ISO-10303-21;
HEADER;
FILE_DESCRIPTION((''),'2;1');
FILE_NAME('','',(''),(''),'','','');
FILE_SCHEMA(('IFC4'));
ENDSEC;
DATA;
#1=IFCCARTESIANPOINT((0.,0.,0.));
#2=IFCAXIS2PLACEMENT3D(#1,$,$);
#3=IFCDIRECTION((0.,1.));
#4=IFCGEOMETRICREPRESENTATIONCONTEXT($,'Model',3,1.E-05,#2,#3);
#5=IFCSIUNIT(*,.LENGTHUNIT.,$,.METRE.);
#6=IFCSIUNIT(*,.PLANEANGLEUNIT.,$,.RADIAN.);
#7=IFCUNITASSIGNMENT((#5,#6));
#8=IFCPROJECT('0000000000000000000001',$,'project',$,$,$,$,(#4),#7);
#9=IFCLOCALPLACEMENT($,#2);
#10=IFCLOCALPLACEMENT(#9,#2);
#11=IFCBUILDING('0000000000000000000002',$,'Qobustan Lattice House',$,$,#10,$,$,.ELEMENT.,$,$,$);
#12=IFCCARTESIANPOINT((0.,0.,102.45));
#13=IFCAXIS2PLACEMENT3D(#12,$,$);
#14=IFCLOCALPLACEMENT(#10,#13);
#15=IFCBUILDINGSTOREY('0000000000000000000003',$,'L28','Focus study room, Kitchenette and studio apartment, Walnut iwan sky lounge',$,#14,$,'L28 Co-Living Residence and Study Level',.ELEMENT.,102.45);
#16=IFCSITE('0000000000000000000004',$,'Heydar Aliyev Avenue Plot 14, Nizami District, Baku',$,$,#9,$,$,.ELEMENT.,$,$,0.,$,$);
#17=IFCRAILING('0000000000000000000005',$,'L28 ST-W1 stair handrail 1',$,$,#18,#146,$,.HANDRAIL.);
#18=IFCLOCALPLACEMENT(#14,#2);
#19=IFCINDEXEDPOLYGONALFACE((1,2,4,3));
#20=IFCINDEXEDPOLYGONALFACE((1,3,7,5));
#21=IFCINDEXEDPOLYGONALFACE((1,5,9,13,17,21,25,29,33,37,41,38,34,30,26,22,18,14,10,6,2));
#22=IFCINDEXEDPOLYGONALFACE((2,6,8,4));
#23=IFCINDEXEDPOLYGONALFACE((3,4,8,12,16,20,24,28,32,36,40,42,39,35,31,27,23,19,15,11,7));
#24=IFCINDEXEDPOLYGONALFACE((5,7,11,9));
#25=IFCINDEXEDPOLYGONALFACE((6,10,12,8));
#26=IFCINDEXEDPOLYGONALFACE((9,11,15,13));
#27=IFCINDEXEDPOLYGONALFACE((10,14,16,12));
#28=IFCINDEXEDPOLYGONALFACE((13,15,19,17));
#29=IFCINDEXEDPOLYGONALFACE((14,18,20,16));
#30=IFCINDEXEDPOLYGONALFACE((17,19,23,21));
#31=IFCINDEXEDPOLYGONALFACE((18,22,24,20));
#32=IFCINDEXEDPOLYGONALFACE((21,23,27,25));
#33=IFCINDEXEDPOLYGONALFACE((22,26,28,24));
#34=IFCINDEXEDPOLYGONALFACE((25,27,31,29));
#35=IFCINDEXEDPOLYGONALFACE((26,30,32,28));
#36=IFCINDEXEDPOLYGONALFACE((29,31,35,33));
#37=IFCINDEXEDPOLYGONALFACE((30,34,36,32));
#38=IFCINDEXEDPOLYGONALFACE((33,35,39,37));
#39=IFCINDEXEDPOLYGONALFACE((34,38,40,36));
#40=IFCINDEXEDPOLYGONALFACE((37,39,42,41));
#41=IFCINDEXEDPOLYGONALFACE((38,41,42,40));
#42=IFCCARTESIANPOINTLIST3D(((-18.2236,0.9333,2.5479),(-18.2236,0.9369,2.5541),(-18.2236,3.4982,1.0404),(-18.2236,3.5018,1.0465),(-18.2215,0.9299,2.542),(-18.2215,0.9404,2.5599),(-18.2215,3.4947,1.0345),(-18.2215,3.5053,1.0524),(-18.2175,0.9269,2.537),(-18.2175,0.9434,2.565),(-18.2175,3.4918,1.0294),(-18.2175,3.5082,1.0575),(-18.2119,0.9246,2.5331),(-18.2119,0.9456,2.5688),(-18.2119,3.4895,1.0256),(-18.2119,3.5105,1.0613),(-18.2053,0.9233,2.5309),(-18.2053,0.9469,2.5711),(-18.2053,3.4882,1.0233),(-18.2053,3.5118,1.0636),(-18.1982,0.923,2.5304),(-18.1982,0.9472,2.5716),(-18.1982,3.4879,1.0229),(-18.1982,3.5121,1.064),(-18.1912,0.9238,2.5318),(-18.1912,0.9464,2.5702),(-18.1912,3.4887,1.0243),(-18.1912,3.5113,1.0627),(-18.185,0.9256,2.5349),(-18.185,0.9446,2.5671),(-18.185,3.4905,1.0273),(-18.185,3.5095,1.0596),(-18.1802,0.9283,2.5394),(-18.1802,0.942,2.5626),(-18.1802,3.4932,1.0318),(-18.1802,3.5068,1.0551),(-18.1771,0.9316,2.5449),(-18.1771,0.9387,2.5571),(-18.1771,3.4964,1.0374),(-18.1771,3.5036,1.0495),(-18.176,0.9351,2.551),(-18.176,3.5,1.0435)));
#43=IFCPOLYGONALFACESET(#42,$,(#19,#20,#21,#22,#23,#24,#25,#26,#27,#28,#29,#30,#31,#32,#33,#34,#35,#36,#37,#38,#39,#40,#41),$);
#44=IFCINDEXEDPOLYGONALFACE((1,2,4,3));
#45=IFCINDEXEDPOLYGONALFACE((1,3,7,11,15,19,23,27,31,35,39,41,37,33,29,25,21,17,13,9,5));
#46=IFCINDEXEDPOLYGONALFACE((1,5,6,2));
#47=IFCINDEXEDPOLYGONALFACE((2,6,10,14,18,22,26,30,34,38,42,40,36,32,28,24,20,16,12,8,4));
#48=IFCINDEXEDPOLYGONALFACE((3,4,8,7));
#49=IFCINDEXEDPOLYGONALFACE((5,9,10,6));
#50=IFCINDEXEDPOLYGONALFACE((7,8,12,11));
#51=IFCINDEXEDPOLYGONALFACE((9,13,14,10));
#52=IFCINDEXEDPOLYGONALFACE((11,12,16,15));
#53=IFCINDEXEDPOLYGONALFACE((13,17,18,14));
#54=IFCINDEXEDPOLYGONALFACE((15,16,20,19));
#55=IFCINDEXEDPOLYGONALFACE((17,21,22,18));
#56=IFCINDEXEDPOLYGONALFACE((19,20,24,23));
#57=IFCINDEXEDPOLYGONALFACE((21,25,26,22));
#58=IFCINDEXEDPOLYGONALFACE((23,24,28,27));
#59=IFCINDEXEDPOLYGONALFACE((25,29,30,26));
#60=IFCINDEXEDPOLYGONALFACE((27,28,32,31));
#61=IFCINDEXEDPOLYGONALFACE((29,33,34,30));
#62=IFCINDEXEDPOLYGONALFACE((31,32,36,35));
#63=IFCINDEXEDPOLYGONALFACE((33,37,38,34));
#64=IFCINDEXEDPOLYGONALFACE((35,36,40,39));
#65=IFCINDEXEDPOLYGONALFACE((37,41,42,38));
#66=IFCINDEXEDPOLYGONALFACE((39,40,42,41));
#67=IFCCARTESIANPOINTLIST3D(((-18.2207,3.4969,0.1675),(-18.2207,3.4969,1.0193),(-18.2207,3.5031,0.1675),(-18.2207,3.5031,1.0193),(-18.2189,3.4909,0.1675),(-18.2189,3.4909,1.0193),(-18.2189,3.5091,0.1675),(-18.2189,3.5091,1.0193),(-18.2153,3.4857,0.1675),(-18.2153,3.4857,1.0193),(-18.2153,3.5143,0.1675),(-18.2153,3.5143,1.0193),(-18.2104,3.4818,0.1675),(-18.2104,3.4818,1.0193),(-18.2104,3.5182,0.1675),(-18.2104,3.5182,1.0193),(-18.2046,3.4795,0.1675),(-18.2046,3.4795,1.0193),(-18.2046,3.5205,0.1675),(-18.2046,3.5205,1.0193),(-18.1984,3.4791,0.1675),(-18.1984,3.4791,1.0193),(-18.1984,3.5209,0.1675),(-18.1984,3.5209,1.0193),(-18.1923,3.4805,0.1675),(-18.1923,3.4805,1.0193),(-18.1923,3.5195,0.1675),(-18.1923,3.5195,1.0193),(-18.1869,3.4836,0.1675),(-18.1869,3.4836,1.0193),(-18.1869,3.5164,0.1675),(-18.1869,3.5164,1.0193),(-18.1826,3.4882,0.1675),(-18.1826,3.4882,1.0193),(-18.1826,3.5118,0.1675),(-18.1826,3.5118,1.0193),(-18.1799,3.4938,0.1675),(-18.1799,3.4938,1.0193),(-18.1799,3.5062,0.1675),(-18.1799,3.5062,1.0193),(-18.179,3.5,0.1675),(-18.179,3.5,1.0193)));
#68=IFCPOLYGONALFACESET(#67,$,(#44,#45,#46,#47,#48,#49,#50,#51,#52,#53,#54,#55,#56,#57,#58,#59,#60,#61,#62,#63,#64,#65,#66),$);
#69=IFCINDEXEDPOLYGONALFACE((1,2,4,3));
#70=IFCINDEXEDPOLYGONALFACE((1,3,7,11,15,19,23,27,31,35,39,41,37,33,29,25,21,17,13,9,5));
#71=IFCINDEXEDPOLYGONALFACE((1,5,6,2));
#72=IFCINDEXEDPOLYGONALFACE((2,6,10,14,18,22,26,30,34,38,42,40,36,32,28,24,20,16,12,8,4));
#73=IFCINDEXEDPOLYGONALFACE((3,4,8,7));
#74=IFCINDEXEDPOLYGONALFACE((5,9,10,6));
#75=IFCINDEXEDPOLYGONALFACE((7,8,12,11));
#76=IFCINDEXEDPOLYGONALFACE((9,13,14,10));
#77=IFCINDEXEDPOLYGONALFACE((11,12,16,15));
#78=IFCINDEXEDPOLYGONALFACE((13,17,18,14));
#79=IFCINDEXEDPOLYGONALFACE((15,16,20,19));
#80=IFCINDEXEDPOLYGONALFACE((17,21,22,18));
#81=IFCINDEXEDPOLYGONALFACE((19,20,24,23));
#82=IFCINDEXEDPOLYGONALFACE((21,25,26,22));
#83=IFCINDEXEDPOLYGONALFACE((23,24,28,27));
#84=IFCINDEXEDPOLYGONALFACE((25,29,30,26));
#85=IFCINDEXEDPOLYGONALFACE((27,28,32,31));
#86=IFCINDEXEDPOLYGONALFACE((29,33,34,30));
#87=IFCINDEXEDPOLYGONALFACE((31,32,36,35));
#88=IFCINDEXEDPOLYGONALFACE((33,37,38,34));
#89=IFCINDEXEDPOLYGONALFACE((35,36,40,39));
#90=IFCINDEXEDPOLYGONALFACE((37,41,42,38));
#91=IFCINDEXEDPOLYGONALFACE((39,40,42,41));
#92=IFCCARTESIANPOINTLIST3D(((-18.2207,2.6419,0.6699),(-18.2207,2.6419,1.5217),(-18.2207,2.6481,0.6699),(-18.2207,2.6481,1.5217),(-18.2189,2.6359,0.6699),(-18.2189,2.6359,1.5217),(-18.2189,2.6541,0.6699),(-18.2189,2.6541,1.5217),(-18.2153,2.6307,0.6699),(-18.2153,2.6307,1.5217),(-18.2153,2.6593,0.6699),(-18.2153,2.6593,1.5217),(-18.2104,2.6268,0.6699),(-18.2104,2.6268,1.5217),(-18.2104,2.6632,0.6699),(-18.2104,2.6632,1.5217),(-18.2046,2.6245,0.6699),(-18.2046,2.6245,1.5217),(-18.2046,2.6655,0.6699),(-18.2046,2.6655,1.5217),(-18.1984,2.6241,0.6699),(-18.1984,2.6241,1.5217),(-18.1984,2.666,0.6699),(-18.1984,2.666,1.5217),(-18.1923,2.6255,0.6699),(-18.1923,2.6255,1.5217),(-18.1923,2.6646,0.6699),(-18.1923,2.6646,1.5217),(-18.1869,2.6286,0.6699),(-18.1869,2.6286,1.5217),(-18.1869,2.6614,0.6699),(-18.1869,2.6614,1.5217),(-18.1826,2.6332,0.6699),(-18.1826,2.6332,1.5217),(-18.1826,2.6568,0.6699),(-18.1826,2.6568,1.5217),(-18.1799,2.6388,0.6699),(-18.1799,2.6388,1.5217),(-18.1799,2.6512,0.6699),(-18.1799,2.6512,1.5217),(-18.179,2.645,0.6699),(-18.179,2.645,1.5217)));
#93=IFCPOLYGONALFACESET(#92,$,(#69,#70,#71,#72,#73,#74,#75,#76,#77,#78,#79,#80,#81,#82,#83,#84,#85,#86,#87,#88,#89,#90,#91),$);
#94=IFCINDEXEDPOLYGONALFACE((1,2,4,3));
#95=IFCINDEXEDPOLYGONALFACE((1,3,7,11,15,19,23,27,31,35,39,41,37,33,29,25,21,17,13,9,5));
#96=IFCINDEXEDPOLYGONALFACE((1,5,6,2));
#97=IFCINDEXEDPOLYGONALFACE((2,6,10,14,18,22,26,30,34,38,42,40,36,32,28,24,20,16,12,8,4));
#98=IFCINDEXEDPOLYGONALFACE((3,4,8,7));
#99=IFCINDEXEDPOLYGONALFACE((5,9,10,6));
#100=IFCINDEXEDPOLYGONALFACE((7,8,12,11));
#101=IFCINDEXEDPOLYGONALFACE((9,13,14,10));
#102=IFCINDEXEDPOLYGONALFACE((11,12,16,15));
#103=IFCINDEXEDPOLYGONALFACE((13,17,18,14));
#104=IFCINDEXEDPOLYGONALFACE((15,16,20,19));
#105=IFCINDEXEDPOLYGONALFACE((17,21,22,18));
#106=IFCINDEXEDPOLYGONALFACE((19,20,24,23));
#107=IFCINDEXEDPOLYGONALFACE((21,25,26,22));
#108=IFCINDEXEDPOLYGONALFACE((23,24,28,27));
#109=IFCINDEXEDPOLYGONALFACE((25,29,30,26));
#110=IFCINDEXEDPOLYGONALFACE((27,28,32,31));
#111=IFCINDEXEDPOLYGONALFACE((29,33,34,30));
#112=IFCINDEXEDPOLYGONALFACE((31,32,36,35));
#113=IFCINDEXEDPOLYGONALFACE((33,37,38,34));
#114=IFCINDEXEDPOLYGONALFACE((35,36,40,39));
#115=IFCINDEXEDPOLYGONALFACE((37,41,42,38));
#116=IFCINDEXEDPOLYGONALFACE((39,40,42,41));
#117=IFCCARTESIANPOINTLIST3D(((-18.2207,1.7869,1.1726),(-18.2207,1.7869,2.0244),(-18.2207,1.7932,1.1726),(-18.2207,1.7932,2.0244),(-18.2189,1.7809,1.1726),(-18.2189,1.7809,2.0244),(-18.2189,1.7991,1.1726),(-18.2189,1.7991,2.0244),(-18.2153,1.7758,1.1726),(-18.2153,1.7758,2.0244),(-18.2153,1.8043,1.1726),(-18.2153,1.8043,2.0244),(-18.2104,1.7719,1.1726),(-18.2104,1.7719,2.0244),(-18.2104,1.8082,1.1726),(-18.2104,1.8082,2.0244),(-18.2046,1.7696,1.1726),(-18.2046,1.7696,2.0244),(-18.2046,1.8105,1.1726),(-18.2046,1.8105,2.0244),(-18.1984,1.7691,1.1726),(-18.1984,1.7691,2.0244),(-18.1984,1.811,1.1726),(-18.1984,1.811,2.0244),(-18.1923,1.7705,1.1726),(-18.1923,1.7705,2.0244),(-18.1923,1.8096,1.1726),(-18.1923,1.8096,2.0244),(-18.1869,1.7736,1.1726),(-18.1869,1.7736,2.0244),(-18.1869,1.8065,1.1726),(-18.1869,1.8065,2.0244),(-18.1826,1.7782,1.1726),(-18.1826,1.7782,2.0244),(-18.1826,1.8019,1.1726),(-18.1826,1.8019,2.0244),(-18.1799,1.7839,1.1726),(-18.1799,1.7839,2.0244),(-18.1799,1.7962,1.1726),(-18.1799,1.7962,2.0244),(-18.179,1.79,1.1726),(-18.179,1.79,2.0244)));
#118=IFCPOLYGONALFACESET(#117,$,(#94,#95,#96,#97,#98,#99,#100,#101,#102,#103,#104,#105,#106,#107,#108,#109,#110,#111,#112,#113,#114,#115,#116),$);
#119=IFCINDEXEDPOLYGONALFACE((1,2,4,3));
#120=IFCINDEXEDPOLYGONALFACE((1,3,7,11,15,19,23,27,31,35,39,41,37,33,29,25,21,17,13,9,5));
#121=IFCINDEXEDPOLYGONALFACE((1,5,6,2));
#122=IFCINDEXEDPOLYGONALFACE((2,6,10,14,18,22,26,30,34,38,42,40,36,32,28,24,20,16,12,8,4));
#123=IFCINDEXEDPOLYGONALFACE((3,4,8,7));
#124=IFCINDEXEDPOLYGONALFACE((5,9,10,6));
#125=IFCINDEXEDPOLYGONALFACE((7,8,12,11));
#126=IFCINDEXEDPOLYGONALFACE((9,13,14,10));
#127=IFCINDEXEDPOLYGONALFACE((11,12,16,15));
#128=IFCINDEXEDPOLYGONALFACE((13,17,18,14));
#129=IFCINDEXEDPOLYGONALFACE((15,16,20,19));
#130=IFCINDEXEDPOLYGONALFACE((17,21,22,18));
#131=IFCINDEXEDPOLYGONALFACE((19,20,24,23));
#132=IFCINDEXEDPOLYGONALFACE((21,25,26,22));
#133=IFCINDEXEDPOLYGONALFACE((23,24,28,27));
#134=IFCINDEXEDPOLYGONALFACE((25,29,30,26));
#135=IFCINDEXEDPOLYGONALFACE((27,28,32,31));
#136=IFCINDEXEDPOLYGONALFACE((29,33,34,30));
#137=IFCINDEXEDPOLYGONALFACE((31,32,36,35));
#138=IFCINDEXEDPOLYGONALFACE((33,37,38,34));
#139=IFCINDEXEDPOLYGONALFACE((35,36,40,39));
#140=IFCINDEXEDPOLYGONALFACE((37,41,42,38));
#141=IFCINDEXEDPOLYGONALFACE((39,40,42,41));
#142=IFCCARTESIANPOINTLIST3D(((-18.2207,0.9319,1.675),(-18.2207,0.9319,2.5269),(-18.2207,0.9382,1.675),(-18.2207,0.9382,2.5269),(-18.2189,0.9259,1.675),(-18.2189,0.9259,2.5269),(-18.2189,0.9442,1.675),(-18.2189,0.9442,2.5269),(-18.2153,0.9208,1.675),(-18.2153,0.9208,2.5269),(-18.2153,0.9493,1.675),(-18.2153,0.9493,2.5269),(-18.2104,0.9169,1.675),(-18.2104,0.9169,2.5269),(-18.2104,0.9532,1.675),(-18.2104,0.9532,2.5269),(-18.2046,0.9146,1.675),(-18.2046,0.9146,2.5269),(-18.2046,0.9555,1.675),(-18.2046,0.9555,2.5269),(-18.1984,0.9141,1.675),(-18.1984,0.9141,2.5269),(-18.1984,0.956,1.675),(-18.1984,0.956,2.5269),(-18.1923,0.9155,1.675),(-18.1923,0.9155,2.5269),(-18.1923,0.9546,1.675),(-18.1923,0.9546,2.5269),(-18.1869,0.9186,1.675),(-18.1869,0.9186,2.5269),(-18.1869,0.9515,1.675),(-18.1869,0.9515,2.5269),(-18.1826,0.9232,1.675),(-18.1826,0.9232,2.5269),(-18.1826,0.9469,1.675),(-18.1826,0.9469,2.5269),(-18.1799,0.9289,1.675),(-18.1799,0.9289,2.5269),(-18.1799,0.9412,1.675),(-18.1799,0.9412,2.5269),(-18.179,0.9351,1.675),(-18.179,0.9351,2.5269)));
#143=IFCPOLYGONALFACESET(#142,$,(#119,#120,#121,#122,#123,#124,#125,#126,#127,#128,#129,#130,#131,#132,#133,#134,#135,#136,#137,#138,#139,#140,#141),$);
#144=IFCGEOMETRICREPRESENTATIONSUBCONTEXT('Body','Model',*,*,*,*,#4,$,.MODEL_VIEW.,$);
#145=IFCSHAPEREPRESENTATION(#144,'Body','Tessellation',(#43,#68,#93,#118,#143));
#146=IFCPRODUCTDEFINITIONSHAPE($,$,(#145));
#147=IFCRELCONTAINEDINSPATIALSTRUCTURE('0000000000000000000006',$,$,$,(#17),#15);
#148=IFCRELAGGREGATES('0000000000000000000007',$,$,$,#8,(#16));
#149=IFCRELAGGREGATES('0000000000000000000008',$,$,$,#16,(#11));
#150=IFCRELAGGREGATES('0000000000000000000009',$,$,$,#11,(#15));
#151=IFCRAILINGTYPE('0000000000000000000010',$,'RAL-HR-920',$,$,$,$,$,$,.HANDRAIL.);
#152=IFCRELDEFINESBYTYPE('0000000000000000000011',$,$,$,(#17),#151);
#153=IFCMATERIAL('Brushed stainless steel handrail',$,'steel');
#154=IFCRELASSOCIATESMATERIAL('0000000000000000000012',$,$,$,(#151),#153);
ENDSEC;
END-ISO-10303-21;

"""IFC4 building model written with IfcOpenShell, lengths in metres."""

from ifc_helpers import new_model, si_unit, direction, frame, origin, origin_2d, place, context, subcontext, project, spatial, circle, extrude, material, type_object, element, save


model = new_model("IFC4")

# Units and contexts
model_context = context("Model", 3, precision=1e-05, world=origin(), true_north=direction((0.0, 1.0)))
body_context = subcontext(model_context, "Body", "Model", "MODEL_VIEW")
ifc_project = project(units=[si_unit("LENGTHUNIT", "METRE"), si_unit("PLANEANGLEUNIT", "RADIAN")], contexts=[model_context])

# Site, building, storey
site_placement = place(None, origin())
site = spatial("IfcSite", under=ifc_project, at=site_placement, Name="Heydar Aliyev Avenue Plot 14, Nizami District, Baku", CompositionType="ELEMENT", RefElevation=0.0)
building_placement = place(site_placement, origin())
building = spatial("IfcBuilding", under=site, at=building_placement, Name="Qobustan Lattice House", CompositionType="ELEMENT")
storey_placement = place(building_placement, frame((0.0, 0.0, 102.45)))
storey = spatial("IfcBuildingStorey", under=building, at=storey_placement, Name="L28", Description="Focus study room, Kitchenette and studio apartment, Walnut iwan sky lounge", LongName="L28 Co-Living Residence and Study Level", CompositionType="ELEMENT", Elevation=102.45)

# Railing
ifc_material_1 = material(Name="Brushed stainless steel handrail", Category="steel")
railing_type = type_object("IfcRailingType", Name="RAL-HR-920", PredefinedType="HANDRAIL", material=ifc_material_1)
railing_placement = place(storey_placement, frame((-18.2, 3.5, 0.1675)))
element("IfcRailing", 1, at=railing_placement, inside=storey, type_object=railing_type, Name="L28 ST-W1 stair handrail 1", PredefinedType="HANDRAIL", context=body_context, shape_type="SweptSolid", body=[
    extrude(circle(Radius=0.0239, at=origin_2d()), frame((0.0, 0.0, 0.876), z_axis=(0.0, -0.862113, 0.506715), x_axis=(1.0, 0.0, 0.0)), (0.0, 0.0, 1.0), 2.9751),
    extrude(circle(Radius=0.021, at=origin_2d()), origin(), (0.0, 0.0, 1.0), 0.8518),
    extrude(circle(Radius=0.021, at=origin_2d()), frame((0.0, -0.855, 0.5024)), (0.0, 0.0, 1.0), 0.8518),
    extrude(circle(Radius=0.021, at=origin_2d()), frame((0.0, -1.71, 1.0051)), (0.0, 0.0, 1.0), 0.8518),
    extrude(circle(Radius=0.021, at=origin_2d()), frame((0.0, -2.5649, 1.5076)), (0.0, 0.0, 1.0), 0.8518),
])

save(model, "model.ifc")
